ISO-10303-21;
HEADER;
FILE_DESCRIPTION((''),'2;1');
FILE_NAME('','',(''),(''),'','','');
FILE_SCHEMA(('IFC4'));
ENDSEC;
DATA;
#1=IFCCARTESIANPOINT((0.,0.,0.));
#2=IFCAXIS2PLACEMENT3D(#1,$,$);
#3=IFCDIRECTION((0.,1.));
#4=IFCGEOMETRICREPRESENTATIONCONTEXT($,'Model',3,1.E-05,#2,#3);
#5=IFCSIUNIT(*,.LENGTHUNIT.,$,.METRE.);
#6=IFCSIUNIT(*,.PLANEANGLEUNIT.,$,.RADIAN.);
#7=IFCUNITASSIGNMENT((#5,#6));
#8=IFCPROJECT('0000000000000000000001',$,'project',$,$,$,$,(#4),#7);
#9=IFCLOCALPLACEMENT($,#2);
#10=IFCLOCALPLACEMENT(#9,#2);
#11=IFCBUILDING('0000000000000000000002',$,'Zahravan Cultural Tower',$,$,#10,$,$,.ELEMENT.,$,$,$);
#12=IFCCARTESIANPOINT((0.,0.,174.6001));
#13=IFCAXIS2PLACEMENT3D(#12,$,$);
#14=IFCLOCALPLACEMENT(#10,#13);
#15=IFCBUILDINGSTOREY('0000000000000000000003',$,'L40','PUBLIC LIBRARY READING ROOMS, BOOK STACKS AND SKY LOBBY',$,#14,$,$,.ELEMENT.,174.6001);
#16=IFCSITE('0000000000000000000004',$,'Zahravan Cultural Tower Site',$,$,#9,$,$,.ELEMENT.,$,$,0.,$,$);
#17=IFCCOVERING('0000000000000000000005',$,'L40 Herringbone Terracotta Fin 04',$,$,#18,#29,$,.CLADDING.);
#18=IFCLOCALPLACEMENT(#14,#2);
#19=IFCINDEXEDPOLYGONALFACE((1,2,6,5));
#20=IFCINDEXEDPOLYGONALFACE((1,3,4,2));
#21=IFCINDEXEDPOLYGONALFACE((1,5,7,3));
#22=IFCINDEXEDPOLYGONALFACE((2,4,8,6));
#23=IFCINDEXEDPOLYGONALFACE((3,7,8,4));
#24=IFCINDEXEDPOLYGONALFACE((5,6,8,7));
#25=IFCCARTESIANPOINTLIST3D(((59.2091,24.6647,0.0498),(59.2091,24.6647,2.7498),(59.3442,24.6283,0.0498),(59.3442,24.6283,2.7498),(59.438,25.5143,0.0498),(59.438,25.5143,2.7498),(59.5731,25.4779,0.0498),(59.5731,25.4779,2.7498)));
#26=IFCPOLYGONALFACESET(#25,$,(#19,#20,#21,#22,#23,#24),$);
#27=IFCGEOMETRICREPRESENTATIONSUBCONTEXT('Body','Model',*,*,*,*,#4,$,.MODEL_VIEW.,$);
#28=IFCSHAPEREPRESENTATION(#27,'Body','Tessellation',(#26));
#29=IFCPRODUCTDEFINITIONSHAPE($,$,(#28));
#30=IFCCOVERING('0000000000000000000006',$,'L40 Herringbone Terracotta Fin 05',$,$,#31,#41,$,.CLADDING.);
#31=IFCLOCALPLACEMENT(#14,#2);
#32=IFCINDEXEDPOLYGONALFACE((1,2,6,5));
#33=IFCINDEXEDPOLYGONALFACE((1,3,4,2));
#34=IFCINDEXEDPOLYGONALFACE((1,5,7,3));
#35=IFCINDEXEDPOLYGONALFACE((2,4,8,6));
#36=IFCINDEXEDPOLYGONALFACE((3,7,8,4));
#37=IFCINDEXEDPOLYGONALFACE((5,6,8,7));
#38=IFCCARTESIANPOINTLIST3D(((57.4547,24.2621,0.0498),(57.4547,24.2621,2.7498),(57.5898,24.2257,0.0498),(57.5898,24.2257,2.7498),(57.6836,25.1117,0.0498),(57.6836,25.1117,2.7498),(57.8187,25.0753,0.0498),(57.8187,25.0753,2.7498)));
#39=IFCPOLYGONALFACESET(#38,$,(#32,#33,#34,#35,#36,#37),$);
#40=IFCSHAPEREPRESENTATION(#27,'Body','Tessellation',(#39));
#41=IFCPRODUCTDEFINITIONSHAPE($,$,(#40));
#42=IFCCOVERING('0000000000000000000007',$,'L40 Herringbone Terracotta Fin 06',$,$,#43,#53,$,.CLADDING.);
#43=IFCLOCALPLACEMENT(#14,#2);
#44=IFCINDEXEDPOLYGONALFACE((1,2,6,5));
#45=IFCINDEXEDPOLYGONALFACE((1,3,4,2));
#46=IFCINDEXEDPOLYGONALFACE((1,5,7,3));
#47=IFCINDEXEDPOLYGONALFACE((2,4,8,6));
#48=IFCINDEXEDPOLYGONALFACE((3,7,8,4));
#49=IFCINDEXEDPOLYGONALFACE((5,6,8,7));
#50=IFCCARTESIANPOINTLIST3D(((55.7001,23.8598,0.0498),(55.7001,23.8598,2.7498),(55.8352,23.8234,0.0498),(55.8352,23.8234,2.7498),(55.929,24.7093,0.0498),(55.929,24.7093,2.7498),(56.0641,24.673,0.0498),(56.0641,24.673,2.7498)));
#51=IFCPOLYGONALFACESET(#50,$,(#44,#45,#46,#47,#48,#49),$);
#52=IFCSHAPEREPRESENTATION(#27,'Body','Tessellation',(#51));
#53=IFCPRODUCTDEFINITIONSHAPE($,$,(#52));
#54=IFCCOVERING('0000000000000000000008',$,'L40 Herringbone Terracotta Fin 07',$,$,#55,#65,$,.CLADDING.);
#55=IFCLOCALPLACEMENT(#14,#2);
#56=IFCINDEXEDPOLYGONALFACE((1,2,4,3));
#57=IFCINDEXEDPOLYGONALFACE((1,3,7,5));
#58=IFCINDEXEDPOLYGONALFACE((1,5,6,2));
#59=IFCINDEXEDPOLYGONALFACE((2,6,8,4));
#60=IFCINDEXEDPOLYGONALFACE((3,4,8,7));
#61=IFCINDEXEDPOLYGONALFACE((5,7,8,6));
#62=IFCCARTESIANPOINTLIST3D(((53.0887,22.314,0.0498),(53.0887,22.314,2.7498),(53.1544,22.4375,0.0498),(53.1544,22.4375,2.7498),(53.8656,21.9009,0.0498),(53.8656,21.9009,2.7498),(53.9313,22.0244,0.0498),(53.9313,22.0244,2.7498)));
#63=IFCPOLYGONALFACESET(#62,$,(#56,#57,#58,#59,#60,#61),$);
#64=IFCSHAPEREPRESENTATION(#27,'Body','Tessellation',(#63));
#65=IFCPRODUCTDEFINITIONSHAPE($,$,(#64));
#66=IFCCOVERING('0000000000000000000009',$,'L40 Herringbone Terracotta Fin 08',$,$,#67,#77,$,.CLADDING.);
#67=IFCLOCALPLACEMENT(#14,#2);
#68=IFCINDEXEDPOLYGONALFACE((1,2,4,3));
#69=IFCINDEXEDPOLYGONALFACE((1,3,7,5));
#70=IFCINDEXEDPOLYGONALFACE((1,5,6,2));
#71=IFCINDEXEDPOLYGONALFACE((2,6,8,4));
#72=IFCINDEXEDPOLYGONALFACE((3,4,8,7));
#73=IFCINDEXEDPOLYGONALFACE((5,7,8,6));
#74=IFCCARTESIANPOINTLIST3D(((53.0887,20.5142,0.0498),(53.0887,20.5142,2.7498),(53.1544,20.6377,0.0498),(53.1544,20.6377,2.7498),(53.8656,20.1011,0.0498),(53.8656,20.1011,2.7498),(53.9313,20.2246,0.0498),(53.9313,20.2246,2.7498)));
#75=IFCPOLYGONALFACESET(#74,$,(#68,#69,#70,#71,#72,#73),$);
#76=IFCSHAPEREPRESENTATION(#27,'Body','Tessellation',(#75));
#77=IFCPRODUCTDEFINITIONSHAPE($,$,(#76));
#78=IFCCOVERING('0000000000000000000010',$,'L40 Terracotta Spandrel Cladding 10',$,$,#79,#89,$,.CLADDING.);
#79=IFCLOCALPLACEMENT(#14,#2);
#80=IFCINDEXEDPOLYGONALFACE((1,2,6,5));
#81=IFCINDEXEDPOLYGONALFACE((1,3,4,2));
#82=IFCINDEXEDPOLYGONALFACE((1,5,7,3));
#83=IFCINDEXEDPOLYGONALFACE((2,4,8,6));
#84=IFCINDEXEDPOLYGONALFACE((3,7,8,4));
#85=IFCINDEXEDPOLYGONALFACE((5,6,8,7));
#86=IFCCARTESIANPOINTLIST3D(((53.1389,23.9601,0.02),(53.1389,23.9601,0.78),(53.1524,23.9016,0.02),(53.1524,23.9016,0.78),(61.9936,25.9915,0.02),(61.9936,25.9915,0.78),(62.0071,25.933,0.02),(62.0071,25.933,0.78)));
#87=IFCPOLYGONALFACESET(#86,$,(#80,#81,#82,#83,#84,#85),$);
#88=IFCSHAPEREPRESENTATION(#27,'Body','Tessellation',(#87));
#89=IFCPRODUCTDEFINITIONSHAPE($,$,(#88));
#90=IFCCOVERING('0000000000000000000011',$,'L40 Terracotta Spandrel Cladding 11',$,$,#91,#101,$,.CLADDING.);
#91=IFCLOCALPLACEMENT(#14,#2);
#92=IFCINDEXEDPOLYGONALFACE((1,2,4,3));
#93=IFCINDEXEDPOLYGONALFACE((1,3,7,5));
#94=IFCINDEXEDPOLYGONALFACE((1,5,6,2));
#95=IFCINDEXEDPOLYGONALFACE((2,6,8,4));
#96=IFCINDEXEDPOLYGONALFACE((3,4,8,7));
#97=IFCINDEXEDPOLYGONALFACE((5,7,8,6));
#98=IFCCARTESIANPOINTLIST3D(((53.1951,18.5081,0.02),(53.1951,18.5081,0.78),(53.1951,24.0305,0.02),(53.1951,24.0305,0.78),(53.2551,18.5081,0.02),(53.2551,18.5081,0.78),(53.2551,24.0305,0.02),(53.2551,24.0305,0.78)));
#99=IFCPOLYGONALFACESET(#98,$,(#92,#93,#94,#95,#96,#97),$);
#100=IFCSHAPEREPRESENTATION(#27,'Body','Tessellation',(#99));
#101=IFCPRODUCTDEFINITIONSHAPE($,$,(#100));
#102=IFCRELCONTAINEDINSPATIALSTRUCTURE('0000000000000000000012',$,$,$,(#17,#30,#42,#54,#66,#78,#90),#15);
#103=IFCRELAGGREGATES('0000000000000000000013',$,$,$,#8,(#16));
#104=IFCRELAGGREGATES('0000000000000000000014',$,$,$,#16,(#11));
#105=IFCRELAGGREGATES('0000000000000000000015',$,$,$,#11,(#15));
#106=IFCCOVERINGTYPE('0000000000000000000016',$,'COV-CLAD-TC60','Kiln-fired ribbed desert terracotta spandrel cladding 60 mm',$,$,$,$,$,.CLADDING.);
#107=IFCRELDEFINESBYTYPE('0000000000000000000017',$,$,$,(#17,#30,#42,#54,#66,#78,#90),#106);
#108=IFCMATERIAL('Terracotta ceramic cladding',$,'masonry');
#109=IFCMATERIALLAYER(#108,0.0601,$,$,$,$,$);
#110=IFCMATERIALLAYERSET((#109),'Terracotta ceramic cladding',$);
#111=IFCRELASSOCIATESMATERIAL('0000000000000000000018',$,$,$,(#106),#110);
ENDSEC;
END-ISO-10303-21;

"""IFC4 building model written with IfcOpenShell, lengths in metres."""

from ifc_helpers import new_model, si_unit, direction, frame, origin, origin_2d, place, context, subcontext, project, spatial, rectangle, extrude, source, transform, mapped, material, layer, layer_set, type_object, element, save


model = new_model("IFC4")

# Units and contexts
model_context = context("Model", 3, precision=1e-05, world=origin(), true_north=direction((0.0, 1.0)))
body_context = subcontext(model_context, "Body", "Model", "MODEL_VIEW")
ifc_project = project(units=[si_unit("LENGTHUNIT", "METRE"), si_unit("PLANEANGLEUNIT", "RADIAN")], contexts=[model_context])

# Site, building, storey
site_placement = place(None, origin())
site = spatial("IfcSite", under=ifc_project, at=site_placement, Name="Zahravan Cultural Tower Site", CompositionType="ELEMENT", RefElevation=0.0)
building_placement = place(site_placement, origin())
building = spatial("IfcBuilding", under=site, at=building_placement, Name="Zahravan Cultural Tower", CompositionType="ELEMENT")
storey_placement = place(building_placement, frame((0.0, 0.0, 174.6001)))
storey = spatial("IfcBuildingStorey", under=building, at=storey_placement, Name="L40", Description="PUBLIC LIBRARY READING ROOMS, BOOK STACKS AND SKY LOBBY", CompositionType="ELEMENT", Elevation=174.6001)

# Coverings
ifc_material_1 = material(Name="Terracotta ceramic cladding", Category="masonry")
ifc_layer_1 = layer(ifc_material_1, 0.0601)
ifc_layer_set_1 = layer_set([ifc_layer_1], Name="Terracotta ceramic cladding")
covering_type = type_object("IfcCoveringType", Name="COV-CLAD-TC60", Description="Kiln-fired ribbed desert terracotta spandrel cladding 60 mm", PredefinedType="CLADDING", material=ifc_layer_set_1)
shared_shape_1 = source(origin(), body_context, "Body", "SweptSolid", [
    extrude(rectangle(XDim=0.8799, YDim=0.1399, at=origin_2d()), origin(), (0.0, 0.0, 1.0), 2.7),
])
for number, where, z_axis, x_axis, name in (
    (1, (59.3911, 25.0713, 0.0498), (0.0, 0.0, 1.0), (-0.260151, -0.965568, 0.0), "L40 Herringbone Terracotta Fin 04"),
    (2, (57.6367, 24.6687, 0.0498), (0.0, 0.0, 1.0), (-0.260151, -0.965568, 0.0), "L40 Herringbone Terracotta Fin 05"),
    (3, (55.8821, 24.2664, 0.0498), (0.0, 0.0, 1.0), (-0.260151, -0.965568, 0.0), "L40 Herringbone Terracotta Fin 06"),
    (4, (53.51, 22.1692, 0.0498), (0.0, 0.0, 1.0), (0.882948, -0.469472, 0.0), "L40 Herringbone Terracotta Fin 07"),
    (5, (53.51, 20.3694, 0.0498), (0.0, 0.0, 1.0), (0.882948, -0.469472, 0.0), "L40 Herringbone Terracotta Fin 08"),
):
    element("IfcCovering", number, at=place(storey_placement, frame(where, z_axis=z_axis, x_axis=x_axis)), inside=storey, type_object=covering_type, Name=name, PredefinedType="CLADDING", context=body_context, shape_type="MappedRepresentation", body=[
        mapped(shared_shape_1, transform((0.0, 0.0, 0.0), x_axis=(1.0, 0.0, 0.0), y_axis=(0.0, 1.0, 0.0), z_axis=(0.0, 0.0, 1.0), scale=1.0)),
    ])
shared_shape_2 = source(origin(), body_context, "Body", "SweptSolid", [
    extrude(rectangle(XDim=9.0847, YDim=0.0601, at=origin_2d()), origin(), (0.0, 0.0, 1.0), 0.76),
])
covering_1_placement = place(storey_placement, frame((57.573, 24.9465, 0.02), z_axis=(0.0, 0.0, 1.0), x_axis=(-0.974679, -0.223607, 0.0)))
element("IfcCovering", 6, at=covering_1_placement, inside=storey, type_object=covering_type, Name="L40 Terracotta Spandrel Cladding 10", PredefinedType="CLADDING", context=body_context, shape_type="MappedRepresentation", body=[
    mapped(shared_shape_2, transform((0.0, 0.0, 0.0), x_axis=(1.0, 0.0, 0.0), y_axis=(0.0, 1.0, 0.0), z_axis=(0.0, 0.0, 1.0), scale=1.0)),
])
shared_shape_3 = source(origin(), body_context, "Body", "SweptSolid", [
    extrude(rectangle(XDim=5.5225, YDim=0.0601, at=origin_2d()), origin(), (0.0, 0.0, 1.0), 0.76),
])
covering_2_placement = place(storey_placement, frame((53.2251, 21.2693, 0.02), z_axis=(0.0, 0.0, 1.0), x_axis=(0.0, -1.0, 0.0)))
element("IfcCovering", 7, at=covering_2_placement, inside=storey, type_object=covering_type, Name="L40 Terracotta Spandrel Cladding 11", PredefinedType="CLADDING", context=body_context, shape_type="MappedRepresentation", body=[
    mapped(shared_shape_3, transform((0.0, 0.0, 0.0), x_axis=(1.0, 0.0, 0.0), y_axis=(0.0, 1.0, 0.0), z_axis=(0.0, 0.0, 1.0), scale=1.0)),
])

save(model, "model.ifc")
